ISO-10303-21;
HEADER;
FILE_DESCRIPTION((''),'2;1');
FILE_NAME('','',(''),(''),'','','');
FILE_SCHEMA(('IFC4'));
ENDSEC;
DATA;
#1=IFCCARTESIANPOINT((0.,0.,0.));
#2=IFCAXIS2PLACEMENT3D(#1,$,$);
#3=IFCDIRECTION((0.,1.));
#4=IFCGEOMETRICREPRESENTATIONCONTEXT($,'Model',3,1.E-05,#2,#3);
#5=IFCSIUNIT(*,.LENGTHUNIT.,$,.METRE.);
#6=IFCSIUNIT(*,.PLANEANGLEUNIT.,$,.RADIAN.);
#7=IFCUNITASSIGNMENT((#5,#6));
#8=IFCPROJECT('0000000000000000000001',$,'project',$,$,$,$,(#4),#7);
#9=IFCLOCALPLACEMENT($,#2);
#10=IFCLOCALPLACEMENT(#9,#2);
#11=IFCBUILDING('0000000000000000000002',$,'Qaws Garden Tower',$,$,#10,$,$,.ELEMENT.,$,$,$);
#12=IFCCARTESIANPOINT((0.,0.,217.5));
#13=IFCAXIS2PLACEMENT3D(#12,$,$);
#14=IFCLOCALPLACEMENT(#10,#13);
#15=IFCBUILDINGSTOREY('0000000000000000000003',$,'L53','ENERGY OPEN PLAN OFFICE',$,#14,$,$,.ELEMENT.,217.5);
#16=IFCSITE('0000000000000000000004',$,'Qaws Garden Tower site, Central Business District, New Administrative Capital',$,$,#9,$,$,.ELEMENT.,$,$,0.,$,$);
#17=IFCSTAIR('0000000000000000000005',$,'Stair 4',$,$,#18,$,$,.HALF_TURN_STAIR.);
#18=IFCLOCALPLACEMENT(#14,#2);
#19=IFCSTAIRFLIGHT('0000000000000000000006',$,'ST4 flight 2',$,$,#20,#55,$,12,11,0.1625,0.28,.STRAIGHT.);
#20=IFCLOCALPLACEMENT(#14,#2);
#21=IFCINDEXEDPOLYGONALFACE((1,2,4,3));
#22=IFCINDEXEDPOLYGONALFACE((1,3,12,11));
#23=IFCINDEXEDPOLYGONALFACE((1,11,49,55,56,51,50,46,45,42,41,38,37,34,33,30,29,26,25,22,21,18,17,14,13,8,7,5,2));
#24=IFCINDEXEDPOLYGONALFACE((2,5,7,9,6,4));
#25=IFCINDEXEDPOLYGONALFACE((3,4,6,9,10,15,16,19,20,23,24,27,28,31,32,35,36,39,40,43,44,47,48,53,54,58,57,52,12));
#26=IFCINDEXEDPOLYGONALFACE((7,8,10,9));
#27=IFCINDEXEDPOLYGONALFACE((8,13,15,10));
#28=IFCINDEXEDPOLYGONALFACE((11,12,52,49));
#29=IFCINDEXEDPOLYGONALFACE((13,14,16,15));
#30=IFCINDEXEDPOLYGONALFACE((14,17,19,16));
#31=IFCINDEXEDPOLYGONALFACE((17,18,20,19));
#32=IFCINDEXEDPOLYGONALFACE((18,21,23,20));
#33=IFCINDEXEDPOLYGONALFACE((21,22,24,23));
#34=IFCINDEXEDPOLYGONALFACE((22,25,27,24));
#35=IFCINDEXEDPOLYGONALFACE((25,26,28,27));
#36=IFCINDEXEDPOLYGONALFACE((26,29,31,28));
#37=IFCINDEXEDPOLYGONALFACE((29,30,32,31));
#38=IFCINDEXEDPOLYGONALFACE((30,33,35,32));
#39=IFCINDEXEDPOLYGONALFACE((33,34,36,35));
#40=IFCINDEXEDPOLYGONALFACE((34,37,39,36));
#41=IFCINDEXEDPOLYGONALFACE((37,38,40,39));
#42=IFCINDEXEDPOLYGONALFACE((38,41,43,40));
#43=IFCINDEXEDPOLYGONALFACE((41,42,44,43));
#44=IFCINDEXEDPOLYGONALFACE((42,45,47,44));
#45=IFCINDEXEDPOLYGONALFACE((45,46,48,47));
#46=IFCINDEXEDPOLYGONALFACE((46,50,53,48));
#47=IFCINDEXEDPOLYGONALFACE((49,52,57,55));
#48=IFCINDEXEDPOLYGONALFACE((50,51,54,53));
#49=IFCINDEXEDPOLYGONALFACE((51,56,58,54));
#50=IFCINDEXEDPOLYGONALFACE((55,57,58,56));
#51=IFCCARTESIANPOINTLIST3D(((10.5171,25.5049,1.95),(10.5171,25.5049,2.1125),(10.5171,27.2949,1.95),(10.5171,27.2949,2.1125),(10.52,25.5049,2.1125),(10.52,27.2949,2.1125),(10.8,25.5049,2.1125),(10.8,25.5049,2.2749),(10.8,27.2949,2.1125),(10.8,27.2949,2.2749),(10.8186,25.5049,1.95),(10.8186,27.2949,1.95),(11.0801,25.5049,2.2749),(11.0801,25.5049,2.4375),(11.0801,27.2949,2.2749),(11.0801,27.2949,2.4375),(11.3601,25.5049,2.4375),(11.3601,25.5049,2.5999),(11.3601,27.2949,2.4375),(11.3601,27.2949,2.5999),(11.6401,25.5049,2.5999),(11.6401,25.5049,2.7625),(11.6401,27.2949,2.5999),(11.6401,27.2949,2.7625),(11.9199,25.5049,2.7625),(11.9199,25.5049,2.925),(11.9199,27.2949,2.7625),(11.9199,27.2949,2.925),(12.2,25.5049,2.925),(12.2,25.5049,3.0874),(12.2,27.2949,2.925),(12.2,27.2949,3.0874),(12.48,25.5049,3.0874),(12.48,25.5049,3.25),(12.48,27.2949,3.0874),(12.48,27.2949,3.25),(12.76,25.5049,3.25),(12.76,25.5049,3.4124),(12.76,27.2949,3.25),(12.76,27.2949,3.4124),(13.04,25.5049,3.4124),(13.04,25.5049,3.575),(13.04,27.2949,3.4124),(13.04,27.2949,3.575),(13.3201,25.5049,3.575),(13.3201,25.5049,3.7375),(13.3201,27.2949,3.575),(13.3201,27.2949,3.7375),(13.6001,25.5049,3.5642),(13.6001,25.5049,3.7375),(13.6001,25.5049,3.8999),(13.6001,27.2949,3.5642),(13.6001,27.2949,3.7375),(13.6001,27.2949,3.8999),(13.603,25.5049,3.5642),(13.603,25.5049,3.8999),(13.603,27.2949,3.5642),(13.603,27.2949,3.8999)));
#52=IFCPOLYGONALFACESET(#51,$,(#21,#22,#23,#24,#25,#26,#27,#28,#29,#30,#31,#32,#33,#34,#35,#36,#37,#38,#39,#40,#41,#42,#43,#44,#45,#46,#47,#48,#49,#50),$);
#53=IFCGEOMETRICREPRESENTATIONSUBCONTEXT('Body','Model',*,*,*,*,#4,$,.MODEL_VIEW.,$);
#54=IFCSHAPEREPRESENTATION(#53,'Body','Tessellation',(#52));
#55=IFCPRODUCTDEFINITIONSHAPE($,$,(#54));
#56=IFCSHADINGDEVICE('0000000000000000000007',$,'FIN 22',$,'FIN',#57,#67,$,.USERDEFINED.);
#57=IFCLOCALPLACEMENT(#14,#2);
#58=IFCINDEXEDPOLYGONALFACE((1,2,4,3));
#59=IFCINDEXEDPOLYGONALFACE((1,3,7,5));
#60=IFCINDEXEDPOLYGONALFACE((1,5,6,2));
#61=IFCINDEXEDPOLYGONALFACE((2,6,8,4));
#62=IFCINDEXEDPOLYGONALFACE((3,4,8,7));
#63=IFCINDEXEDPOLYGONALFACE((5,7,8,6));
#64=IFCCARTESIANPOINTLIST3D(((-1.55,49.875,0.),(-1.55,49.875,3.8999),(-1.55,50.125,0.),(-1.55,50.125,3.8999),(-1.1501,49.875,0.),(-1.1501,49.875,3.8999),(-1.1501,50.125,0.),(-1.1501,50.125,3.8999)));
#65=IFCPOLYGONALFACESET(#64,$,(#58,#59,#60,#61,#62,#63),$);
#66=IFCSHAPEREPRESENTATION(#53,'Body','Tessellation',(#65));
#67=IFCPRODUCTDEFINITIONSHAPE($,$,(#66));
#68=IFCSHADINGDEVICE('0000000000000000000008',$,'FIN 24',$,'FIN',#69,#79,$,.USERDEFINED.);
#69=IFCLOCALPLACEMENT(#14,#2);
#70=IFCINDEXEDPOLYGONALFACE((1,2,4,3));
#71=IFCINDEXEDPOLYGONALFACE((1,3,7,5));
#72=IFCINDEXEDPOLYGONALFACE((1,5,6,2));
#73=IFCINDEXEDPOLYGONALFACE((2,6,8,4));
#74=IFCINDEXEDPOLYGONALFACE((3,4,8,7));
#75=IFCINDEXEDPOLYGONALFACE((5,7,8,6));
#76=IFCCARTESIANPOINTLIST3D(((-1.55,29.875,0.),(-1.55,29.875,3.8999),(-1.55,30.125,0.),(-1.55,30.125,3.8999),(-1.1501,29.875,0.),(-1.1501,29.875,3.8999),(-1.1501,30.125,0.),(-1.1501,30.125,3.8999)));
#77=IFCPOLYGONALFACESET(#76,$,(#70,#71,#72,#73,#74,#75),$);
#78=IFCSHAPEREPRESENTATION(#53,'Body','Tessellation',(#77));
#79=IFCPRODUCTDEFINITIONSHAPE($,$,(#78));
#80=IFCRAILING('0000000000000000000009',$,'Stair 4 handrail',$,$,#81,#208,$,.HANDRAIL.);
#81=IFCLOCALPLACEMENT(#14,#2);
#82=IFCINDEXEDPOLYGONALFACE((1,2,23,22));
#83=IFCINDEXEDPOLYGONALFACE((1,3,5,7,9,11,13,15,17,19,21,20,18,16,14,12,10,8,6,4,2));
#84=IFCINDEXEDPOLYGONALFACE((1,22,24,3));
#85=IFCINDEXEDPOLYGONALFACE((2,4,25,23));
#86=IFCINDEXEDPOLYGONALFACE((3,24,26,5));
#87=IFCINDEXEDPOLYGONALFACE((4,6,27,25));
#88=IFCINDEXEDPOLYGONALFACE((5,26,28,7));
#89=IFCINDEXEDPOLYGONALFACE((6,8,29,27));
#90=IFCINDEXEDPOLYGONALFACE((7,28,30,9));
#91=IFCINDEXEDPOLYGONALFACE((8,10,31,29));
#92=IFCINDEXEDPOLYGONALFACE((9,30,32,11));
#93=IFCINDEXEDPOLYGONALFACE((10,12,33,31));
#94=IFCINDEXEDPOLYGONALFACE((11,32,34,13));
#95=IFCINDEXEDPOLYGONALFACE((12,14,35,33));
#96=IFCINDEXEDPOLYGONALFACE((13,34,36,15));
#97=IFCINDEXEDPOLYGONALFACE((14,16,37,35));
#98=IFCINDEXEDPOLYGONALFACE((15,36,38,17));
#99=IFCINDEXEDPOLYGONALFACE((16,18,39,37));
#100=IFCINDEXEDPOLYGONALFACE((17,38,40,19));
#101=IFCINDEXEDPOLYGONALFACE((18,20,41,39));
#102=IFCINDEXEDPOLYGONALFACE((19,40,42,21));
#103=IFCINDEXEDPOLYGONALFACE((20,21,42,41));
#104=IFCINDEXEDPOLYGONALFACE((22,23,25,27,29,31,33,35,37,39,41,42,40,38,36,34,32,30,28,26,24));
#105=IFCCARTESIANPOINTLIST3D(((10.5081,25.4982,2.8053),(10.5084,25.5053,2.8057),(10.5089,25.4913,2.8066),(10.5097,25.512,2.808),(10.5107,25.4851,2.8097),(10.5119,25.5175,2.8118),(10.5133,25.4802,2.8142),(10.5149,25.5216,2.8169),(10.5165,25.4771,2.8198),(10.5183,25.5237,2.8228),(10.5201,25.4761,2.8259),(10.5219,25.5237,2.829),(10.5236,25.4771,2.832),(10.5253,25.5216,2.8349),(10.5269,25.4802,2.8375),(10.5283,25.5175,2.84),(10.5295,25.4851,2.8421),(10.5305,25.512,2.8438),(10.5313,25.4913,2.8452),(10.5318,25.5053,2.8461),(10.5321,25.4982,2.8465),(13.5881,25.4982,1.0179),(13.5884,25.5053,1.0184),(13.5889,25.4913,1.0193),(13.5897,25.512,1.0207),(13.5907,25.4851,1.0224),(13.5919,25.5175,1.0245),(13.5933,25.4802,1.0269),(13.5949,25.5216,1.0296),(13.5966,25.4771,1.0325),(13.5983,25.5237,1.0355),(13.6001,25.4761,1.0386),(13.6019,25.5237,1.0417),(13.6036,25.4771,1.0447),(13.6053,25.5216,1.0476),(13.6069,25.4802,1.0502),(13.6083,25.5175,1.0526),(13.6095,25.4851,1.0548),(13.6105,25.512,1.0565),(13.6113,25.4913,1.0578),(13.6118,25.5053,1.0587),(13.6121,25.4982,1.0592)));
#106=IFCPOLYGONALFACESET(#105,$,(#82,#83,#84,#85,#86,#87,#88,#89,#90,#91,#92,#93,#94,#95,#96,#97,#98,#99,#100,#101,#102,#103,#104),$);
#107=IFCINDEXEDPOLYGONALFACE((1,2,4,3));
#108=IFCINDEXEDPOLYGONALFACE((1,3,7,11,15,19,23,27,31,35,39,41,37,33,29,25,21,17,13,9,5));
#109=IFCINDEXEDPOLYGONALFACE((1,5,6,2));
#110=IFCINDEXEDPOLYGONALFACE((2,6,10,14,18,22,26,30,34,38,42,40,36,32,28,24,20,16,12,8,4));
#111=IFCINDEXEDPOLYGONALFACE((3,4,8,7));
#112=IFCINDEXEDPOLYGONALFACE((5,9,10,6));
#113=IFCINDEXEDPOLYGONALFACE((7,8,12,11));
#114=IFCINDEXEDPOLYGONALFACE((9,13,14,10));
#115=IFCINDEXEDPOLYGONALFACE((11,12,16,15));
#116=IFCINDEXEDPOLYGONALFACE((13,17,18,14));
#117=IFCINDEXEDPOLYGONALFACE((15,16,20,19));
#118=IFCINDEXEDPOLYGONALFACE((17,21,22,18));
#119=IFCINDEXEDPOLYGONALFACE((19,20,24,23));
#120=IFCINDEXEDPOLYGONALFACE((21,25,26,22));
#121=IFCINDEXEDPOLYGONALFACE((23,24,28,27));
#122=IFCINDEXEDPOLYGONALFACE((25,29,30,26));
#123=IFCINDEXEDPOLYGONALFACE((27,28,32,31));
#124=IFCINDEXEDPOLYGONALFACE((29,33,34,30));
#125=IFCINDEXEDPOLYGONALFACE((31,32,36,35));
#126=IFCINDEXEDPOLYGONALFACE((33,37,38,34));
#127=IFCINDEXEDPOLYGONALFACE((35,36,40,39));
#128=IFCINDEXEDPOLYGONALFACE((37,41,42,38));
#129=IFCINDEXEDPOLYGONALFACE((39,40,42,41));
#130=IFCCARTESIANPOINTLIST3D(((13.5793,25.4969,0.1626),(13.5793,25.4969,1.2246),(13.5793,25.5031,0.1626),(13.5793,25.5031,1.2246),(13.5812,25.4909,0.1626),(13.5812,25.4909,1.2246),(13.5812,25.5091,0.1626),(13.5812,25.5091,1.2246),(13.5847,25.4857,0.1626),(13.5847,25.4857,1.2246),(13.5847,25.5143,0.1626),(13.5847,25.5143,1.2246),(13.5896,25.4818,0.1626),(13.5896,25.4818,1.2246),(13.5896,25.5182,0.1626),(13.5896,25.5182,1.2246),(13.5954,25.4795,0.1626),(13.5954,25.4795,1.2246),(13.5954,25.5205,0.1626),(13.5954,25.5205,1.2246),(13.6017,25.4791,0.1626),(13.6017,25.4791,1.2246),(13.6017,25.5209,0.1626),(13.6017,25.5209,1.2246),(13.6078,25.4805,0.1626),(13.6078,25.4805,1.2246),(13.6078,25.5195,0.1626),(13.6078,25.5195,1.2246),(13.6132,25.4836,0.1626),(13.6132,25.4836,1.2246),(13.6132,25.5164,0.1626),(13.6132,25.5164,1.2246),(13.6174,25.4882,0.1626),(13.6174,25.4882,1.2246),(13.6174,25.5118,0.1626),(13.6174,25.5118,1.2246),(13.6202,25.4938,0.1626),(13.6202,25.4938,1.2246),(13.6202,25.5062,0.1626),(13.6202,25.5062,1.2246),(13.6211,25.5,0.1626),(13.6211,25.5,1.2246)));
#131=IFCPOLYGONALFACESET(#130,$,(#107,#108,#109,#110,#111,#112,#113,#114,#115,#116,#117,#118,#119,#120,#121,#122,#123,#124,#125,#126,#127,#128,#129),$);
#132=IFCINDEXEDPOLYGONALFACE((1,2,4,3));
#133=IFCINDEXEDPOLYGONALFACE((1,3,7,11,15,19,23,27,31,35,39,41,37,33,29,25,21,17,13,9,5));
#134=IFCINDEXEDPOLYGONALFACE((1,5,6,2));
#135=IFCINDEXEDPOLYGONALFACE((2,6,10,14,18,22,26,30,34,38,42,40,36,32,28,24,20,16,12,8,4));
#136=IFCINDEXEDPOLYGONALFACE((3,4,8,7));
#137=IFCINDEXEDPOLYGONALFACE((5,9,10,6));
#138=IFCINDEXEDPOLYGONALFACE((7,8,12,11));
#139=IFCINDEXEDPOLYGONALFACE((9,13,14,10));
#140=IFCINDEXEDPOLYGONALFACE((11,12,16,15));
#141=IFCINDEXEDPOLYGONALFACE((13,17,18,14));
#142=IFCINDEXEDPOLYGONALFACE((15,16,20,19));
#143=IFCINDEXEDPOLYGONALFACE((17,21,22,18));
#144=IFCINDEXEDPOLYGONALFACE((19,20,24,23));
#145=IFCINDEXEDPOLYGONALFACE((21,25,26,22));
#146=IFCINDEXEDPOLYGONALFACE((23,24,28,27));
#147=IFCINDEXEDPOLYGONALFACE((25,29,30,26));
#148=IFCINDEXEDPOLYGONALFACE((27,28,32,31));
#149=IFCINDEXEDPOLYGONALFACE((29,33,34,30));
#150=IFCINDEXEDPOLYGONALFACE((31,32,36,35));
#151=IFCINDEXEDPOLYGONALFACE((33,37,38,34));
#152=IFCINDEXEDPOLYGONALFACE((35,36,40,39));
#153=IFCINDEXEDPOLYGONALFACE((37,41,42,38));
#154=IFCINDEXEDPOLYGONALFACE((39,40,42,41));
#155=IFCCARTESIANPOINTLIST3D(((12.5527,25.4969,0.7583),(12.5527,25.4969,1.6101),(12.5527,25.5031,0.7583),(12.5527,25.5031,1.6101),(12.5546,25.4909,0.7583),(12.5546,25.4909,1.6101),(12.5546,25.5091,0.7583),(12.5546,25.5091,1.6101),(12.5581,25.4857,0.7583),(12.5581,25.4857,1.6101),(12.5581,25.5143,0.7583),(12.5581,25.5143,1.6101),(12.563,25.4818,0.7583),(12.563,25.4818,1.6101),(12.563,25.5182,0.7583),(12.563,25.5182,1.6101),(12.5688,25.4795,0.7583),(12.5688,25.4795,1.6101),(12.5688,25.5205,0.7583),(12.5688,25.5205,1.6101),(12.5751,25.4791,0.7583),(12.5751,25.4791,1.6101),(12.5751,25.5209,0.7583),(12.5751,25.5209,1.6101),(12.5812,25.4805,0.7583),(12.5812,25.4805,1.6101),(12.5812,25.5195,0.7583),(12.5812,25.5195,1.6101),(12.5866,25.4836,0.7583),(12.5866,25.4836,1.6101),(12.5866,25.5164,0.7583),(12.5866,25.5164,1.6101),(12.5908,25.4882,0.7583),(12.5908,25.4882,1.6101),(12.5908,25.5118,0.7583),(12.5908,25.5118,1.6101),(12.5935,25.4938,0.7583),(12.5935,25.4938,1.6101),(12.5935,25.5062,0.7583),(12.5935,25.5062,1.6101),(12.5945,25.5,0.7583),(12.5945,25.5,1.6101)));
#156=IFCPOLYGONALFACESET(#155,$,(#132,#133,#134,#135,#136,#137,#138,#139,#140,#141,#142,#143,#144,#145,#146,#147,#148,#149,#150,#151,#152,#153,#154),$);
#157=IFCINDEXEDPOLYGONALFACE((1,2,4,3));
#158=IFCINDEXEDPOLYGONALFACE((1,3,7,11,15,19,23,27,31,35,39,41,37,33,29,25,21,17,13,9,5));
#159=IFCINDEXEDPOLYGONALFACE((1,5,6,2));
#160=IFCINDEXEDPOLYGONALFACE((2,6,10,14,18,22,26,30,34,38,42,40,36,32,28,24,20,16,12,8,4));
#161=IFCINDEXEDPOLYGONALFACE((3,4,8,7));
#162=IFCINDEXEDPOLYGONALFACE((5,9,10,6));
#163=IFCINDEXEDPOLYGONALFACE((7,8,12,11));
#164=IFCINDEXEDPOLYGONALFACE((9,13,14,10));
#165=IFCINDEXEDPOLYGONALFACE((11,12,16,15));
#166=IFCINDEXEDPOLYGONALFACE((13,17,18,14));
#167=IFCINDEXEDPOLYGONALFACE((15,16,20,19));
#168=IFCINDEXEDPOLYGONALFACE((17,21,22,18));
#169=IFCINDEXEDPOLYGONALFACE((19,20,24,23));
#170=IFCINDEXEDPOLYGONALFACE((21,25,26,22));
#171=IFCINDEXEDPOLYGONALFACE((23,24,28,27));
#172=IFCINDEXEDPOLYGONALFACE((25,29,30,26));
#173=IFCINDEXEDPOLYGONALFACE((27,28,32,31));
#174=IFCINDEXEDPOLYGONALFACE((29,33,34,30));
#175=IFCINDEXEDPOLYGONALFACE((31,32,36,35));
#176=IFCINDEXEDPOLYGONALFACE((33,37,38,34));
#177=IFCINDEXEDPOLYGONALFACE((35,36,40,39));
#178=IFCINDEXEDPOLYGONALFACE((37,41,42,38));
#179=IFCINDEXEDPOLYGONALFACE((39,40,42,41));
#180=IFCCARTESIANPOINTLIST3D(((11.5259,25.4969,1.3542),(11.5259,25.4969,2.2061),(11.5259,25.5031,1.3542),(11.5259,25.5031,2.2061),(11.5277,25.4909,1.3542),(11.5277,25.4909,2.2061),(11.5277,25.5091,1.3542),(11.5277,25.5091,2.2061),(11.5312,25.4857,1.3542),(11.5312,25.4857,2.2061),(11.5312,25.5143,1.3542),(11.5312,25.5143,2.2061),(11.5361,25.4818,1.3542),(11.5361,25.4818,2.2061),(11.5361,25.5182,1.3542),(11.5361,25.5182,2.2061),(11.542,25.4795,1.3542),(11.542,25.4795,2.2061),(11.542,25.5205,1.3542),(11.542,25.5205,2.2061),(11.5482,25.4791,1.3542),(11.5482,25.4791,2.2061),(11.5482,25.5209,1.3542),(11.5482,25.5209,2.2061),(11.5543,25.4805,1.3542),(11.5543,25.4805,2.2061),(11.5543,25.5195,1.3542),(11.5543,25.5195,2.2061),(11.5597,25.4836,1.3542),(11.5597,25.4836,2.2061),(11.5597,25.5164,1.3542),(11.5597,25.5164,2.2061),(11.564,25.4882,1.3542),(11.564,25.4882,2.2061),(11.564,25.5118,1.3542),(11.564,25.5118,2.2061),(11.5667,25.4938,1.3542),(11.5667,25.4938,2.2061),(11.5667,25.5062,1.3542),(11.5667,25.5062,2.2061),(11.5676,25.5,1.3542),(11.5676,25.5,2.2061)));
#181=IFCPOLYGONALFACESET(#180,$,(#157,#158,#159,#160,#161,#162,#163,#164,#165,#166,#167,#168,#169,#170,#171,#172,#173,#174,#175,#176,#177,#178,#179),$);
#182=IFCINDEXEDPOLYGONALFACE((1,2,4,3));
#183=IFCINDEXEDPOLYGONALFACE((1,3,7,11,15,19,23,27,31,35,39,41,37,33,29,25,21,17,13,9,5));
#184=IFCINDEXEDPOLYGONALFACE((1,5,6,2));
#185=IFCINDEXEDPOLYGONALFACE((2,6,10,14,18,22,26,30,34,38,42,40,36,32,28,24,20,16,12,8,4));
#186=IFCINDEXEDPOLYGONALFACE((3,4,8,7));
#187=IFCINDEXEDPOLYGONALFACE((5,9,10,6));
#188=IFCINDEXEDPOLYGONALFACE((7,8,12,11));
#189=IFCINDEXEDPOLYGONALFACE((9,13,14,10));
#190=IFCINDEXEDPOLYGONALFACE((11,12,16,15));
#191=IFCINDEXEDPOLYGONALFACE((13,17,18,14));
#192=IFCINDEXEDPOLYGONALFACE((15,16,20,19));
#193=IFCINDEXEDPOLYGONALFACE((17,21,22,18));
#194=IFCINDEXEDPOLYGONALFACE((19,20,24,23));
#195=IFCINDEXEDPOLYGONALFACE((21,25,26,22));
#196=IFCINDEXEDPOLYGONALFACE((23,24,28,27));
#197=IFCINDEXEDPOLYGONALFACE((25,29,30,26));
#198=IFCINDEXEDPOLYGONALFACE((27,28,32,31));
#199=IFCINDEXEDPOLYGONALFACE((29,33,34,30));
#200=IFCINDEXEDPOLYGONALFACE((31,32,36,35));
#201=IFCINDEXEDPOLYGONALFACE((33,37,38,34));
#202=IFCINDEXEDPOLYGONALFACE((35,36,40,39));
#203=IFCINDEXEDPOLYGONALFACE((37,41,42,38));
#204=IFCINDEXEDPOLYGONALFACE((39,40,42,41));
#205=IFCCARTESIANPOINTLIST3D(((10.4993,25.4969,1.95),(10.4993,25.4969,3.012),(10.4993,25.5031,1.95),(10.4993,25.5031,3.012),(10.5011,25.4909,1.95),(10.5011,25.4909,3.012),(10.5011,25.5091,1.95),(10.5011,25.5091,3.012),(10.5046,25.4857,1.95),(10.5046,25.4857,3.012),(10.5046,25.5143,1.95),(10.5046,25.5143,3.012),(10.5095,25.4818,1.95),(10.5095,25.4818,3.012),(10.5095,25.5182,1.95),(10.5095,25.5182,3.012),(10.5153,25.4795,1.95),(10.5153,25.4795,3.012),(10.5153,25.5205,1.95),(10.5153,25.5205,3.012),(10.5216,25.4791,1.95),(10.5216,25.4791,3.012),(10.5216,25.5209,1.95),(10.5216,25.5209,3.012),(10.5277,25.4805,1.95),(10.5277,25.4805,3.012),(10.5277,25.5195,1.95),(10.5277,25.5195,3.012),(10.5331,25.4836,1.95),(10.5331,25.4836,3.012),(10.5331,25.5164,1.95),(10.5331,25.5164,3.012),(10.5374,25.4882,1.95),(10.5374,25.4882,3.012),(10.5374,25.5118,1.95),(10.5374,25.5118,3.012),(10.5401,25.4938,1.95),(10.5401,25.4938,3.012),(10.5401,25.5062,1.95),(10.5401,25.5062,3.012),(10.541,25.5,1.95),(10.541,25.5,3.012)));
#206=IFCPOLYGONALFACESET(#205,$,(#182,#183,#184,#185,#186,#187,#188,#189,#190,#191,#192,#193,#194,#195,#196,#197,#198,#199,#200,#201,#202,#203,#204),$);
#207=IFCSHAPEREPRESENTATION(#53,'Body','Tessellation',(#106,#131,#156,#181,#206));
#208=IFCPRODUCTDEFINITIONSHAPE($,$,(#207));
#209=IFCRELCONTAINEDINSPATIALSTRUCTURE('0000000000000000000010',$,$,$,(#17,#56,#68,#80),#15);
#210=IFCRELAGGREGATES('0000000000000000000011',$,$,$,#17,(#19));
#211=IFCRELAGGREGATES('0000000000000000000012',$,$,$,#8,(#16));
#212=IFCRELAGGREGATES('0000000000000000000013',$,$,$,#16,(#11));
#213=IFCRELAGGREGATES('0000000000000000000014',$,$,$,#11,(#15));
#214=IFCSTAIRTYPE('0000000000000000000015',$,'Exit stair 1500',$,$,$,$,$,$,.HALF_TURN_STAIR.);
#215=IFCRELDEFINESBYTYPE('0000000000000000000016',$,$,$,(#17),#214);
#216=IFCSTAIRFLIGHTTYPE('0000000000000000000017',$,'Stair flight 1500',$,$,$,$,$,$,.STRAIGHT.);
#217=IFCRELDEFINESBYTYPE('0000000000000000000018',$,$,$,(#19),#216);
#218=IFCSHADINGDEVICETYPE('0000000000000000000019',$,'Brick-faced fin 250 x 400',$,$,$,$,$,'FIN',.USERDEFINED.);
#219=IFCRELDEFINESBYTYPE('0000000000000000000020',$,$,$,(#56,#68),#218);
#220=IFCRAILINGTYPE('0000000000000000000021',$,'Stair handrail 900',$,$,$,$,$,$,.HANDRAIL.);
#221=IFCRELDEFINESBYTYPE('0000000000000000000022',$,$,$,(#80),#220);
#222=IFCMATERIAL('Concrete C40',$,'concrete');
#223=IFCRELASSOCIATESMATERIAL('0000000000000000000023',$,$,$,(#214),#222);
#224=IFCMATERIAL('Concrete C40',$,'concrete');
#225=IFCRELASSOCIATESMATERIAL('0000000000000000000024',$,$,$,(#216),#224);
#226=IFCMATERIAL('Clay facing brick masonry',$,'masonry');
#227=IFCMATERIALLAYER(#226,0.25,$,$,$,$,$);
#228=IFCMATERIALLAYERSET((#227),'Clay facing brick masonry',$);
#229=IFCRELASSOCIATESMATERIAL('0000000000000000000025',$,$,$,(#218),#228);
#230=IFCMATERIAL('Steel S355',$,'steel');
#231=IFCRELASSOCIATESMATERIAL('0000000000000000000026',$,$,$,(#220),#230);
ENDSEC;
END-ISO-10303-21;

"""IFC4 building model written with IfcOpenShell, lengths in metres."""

from ifc_helpers import new_model, si_unit, direction, frame, origin, origin_2d, place, context, subcontext, project, spatial, polyline, rectangle, circle, outline, extrude, material, layer, layer_set, type_object, element, aggregate, save


model = new_model("IFC4")

# Units and contexts
model_context = context("Model", 3, precision=1e-05, world=origin(), true_north=direction((0.0, 1.0)))
body_context = subcontext(model_context, "Body", "Model", "MODEL_VIEW")
ifc_project = project(units=[si_unit("LENGTHUNIT", "METRE"), si_unit("PLANEANGLEUNIT", "RADIAN")], contexts=[model_context])

# Site, building, storey
site_placement = place(None, origin())
site = spatial("IfcSite", under=ifc_project, at=site_placement, Name="Qaws Garden Tower site, Central Business District, New Administrative Capital", CompositionType="ELEMENT", RefElevation=0.0)
building_placement = place(site_placement, origin())
building = spatial("IfcBuilding", under=site, at=building_placement, Name="Qaws Garden Tower", CompositionType="ELEMENT")
storey_placement = place(building_placement, frame((0.0, 0.0, 217.5)))
storey = spatial("IfcBuildingStorey", under=building, at=storey_placement, Name="L53", Description="ENERGY OPEN PLAN OFFICE", CompositionType="ELEMENT", Elevation=217.5)

# Stair, stair flight
ifc_material_1 = material(Name="Concrete C40", Category="concrete")
stair_type = type_object("IfcStairType", Name="Exit stair 1500", PredefinedType="HALF_TURN_STAIR", material=ifc_material_1)
stair_placement = place(storey_placement, origin())
stair = element("IfcStair", 1, at=stair_placement, inside=storey, type_object=stair_type, Name="Stair 4", PredefinedType="HALF_TURN_STAIR")
ifc_material_2 = material(Name="Concrete C40", Category="concrete")
stair_flight_type = type_object("IfcStairFlightType", Name="Stair flight 1500", PredefinedType="STRAIGHT", material=ifc_material_2)
stair_flight_placement = place(storey_placement, frame((10.52, 26.3999, 1.95), z_axis=(0.0, 0.0, 1.0), x_axis=(1.0, 0.0, 0.0)))
stair_flight = element("IfcStairFlight", 2, at=stair_flight_placement, type_object=stair_flight_type, Name="ST4 flight 2", NumberOfRisers=12, NumberOfTreads=11, PredefinedType="STRAIGHT", RiserHeight=0.1625, TreadLength=0.28, context=body_context, shape_type="SweptSolid", body=[
    extrude(outline(polyline([(-0.0029, 0.0), (-0.0029, 0.1626), (0.0, 0.1626), (0.28, 0.1626), (0.28, 0.325), (0.5601, 0.325), (0.5601, 0.4875), (0.8401, 0.4875), (0.8401, 0.6499), (1.1201, 0.6499), (1.1201, 0.8125), (1.3999, 0.8125), (1.3999, 0.9751), (1.6799, 0.9751), (1.6799, 1.1375), (1.96, 1.1375), (1.96, 1.3), (2.24, 1.3), (2.24, 1.4624), (2.52, 1.4624), (2.52, 1.625), (2.8, 1.625), (2.8, 1.7876), (3.0801, 1.7876), (3.0801, 1.95), (3.083, 1.95), (3.083, 1.6143), (3.0801, 1.6143), (0.2986, 0.0), (-0.0029, 0.0)])), frame((0.0, 0.895, 0.0), z_axis=(0.0, -1.0, 0.0), x_axis=(1.0, 0.0, 0.0)), (0.0, 0.0, 1.0), 1.79),
])
aggregate(stair, [stair_flight])

# Shading devices
ifc_material_3 = material(Name="Clay facing brick masonry", Category="masonry")
ifc_layer_1 = layer(ifc_material_3, 0.25)
ifc_layer_set_1 = layer_set([ifc_layer_1], Name="Clay facing brick masonry")
shading_device_type = type_object("IfcShadingDeviceType", Name="Brick-faced fin 250 x 400", ElementType="FIN", PredefinedType="USERDEFINED", material=ifc_layer_set_1)
for number, where, z_axis, x_axis, name in (
    (3, (-1.3501, 50.0, 0.0), (0.0, 0.0, 1.0), (0.0, -1.0, 0.0), "FIN 22"),
    (4, (-1.3501, 30.0, 0.0), (0.0, 0.0, 1.0), (0.0, -1.0, 0.0), "FIN 24"),
):
    element("IfcShadingDevice", number, at=place(storey_placement, frame(where, z_axis=z_axis, x_axis=x_axis)), inside=storey, type_object=shading_device_type, Name=name, ObjectType="FIN", PredefinedType="USERDEFINED", context=body_context, shape_type="SweptSolid", body=[
        extrude(rectangle(XDim=0.25, YDim=0.3999, at=origin_2d()), origin(), (0.0, 0.0, 1.0), 3.8999),
    ])

# Railing
ifc_material_4 = material(Name="Steel S355", Category="steel")
railing_type = type_object("IfcRailingType", Name="Stair handrail 900", PredefinedType="HANDRAIL", material=ifc_material_4)
railing_placement = place(storey_placement, frame((13.6001, 25.5, 0.1626)))
element("IfcRailing", 5, at=railing_placement, inside=storey, type_object=railing_type, Name="Stair 4 handrail", PredefinedType="HANDRAIL", context=body_context, shape_type="SweptSolid", body=[
    extrude(circle(Radius=0.0239, at=origin_2d()), frame((0.0, 0.0, 0.876), z_axis=(-0.86492, 0.0, 0.501909), x_axis=(0.0, -1.0, 0.0)), (0.0, 0.0, 1.0), 3.561),
    extrude(circle(Radius=0.021, at=origin_2d()), origin(), (0.0, 0.0, 1.0), 1.062),
    extrude(circle(Radius=0.021, at=origin_2d()), frame((-1.0266, 0.0, 0.5957)), (0.0, 0.0, 1.0), 0.8518),
    extrude(circle(Radius=0.021, at=origin_2d()), frame((-2.0535, 0.0, 1.1917)), (0.0, 0.0, 1.0), 0.8518),
    extrude(circle(Radius=0.021, at=origin_2d()), frame((-3.0801, 0.0, 1.7874)), (0.0, 0.0, 1.0), 1.062),
])

save(model, "model.ifc")
